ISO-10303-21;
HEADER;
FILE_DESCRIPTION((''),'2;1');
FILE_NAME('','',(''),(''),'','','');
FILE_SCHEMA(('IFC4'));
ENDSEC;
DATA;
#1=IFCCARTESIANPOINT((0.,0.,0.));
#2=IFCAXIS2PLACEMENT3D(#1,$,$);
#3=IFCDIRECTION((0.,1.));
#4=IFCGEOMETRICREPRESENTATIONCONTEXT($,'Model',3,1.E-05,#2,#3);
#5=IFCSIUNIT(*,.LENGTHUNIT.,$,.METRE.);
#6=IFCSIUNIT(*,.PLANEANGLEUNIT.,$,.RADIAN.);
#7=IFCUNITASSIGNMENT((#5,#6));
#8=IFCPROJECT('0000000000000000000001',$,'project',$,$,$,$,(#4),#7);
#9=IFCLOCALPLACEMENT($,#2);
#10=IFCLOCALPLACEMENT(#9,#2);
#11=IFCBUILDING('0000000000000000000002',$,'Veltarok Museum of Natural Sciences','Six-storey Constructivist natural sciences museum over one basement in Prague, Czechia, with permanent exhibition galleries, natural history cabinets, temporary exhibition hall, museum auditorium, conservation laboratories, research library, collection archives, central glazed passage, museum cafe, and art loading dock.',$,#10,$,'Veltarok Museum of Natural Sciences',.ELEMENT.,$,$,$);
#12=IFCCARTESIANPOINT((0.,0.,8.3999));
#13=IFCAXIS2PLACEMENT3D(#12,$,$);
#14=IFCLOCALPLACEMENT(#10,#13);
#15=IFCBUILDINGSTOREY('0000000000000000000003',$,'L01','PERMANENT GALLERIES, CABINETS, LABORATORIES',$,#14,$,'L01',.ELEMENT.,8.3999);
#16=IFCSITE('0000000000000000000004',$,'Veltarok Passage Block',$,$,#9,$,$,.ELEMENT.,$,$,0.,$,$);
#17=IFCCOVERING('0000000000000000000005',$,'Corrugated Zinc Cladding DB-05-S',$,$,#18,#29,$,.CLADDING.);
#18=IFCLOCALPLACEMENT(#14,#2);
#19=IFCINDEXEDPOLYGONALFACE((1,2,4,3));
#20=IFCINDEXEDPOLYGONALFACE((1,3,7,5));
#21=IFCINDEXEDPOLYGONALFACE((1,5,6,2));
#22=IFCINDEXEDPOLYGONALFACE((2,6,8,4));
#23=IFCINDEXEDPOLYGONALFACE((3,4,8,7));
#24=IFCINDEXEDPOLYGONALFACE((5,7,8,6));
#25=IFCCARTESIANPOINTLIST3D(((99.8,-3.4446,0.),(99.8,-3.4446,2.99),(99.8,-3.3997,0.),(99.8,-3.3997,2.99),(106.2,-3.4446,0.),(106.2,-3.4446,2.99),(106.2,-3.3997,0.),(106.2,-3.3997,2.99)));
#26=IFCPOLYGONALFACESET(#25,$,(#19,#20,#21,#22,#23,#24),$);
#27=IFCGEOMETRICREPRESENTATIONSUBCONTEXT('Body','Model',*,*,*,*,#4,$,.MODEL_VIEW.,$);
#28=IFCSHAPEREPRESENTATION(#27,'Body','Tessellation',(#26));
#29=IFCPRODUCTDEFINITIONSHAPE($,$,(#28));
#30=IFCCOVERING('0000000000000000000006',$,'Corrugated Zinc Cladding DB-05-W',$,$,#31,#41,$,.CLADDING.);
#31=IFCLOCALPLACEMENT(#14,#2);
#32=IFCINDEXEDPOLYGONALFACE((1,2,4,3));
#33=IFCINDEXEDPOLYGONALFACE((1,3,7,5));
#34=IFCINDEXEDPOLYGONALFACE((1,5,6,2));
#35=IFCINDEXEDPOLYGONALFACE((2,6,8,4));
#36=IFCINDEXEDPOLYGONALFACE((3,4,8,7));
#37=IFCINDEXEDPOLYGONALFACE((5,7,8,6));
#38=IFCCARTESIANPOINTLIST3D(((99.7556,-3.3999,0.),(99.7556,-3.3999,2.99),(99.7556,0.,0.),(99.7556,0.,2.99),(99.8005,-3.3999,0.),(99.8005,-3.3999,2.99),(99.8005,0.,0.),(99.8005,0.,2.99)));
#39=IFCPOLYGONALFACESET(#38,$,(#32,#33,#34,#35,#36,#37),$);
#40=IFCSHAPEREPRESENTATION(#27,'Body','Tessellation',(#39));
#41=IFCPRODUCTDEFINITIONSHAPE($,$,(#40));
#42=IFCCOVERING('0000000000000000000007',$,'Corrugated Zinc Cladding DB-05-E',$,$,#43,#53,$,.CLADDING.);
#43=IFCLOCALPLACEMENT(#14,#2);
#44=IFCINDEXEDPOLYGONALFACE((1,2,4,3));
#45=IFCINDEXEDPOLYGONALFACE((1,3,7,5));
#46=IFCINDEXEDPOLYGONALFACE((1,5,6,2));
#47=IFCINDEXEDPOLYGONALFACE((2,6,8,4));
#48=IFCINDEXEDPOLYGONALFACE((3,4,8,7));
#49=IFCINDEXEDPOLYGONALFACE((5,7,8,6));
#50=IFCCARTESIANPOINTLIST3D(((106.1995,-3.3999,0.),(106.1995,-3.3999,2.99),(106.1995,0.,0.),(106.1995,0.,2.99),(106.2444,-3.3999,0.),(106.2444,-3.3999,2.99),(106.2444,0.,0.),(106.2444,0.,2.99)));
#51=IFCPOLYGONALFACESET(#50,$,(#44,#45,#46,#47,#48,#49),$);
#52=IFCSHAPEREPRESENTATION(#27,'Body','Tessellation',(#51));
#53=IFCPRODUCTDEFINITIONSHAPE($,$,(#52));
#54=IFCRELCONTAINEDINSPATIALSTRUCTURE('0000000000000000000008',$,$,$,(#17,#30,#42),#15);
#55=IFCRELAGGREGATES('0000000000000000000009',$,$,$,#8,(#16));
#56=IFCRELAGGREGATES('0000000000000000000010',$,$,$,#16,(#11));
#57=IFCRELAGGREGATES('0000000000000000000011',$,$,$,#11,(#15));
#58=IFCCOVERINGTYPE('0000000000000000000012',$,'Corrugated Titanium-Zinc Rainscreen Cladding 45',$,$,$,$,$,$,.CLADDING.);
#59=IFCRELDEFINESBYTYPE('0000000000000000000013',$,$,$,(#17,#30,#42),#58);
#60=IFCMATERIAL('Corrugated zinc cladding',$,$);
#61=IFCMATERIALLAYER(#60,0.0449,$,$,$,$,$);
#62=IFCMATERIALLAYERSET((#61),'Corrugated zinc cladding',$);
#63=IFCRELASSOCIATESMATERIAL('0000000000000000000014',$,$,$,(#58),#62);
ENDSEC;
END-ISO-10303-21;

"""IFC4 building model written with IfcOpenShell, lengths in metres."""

from ifc_helpers import new_model, si_unit, direction, frame, frame_2d, origin, place, context, subcontext, project, spatial, rectangle, extrude, material, layer, layer_set, type_object, element, save


model = new_model("IFC4")

# Units and contexts
model_context = context("Model", 3, precision=1e-05, world=origin(), true_north=direction((0.0, 1.0)))
body_context = subcontext(model_context, "Body", "Model", "MODEL_VIEW")
ifc_project = project(units=[si_unit("LENGTHUNIT", "METRE"), si_unit("PLANEANGLEUNIT", "RADIAN")], contexts=[model_context])

# Site, building, storey
site_placement = place(None, origin())
site = spatial("IfcSite", under=ifc_project, at=site_placement, Name="Veltarok Passage Block", CompositionType="ELEMENT", RefElevation=0.0)
building_placement = place(site_placement, origin())
building = spatial("IfcBuilding", under=site, at=building_placement, Name="Veltarok Museum of Natural Sciences", Description="Six-storey Constructivist natural sciences museum over one basement in Prague, Czechia, with permanent exhibition galleries, natural history cabinets, temporary exhibition hall, museum auditorium, conservation laboratories, research library, collection archives, central glazed passage, museum cafe, and art loading dock.", LongName="Veltarok Museum of Natural Sciences", CompositionType="ELEMENT")
storey_placement = place(building_placement, frame((0.0, 0.0, 8.3999)))
storey = spatial("IfcBuildingStorey", under=building, at=storey_placement, Name="L01", Description="PERMANENT GALLERIES, CABINETS, LABORATORIES", LongName="L01", CompositionType="ELEMENT", Elevation=8.3999)

# Coverings
ifc_material_1 = material(Name="Corrugated zinc cladding")
ifc_layer_1 = layer(ifc_material_1, 0.0449)
ifc_layer_set_1 = layer_set([ifc_layer_1], Name="Corrugated zinc cladding")
covering_type = type_object("IfcCoveringType", Name="Corrugated Titanium-Zinc Rainscreen Cladding 45", PredefinedType="CLADDING", material=ifc_layer_set_1)
covering_placement = place(storey_placement, frame((99.8, -3.4221, 0.0), z_axis=(0.0, 0.0, 1.0), x_axis=(1.0, 0.0, 0.0)))
element("IfcCovering", 1, at=covering_placement, inside=storey, type_object=covering_type, Name="Corrugated Zinc Cladding DB-05-S", PredefinedType="CLADDING", context=body_context, shape_type="SweptSolid", body=[
    extrude(rectangle(XDim=6.3999, YDim=0.0449, at=frame_2d((3.2, 0.0))), origin(), (0.0, 0.0, 1.0), 2.99),
])
for number, where, z_axis, x_axis, name in (
    (2, (99.7781, 0.0, 0.0), (0.0, 0.0, 1.0), (0.0, -1.0, 0.0), "Corrugated Zinc Cladding DB-05-W"),
    (3, (106.2219, -3.3999, 0.0), (0.0, 0.0, 1.0), (0.0, 1.0, 0.0), "Corrugated Zinc Cladding DB-05-E"),
):
    element("IfcCovering", number, at=place(storey_placement, frame(where, z_axis=z_axis, x_axis=x_axis)), inside=storey, type_object=covering_type, Name=name, PredefinedType="CLADDING", context=body_context, shape_type="SweptSolid", body=[
        extrude(rectangle(XDim=3.3999, YDim=0.0449, at=frame_2d((1.7, 0.0))), origin(), (0.0, 0.0, 1.0), 2.99),
    ])

save(model, "model.ifc")
